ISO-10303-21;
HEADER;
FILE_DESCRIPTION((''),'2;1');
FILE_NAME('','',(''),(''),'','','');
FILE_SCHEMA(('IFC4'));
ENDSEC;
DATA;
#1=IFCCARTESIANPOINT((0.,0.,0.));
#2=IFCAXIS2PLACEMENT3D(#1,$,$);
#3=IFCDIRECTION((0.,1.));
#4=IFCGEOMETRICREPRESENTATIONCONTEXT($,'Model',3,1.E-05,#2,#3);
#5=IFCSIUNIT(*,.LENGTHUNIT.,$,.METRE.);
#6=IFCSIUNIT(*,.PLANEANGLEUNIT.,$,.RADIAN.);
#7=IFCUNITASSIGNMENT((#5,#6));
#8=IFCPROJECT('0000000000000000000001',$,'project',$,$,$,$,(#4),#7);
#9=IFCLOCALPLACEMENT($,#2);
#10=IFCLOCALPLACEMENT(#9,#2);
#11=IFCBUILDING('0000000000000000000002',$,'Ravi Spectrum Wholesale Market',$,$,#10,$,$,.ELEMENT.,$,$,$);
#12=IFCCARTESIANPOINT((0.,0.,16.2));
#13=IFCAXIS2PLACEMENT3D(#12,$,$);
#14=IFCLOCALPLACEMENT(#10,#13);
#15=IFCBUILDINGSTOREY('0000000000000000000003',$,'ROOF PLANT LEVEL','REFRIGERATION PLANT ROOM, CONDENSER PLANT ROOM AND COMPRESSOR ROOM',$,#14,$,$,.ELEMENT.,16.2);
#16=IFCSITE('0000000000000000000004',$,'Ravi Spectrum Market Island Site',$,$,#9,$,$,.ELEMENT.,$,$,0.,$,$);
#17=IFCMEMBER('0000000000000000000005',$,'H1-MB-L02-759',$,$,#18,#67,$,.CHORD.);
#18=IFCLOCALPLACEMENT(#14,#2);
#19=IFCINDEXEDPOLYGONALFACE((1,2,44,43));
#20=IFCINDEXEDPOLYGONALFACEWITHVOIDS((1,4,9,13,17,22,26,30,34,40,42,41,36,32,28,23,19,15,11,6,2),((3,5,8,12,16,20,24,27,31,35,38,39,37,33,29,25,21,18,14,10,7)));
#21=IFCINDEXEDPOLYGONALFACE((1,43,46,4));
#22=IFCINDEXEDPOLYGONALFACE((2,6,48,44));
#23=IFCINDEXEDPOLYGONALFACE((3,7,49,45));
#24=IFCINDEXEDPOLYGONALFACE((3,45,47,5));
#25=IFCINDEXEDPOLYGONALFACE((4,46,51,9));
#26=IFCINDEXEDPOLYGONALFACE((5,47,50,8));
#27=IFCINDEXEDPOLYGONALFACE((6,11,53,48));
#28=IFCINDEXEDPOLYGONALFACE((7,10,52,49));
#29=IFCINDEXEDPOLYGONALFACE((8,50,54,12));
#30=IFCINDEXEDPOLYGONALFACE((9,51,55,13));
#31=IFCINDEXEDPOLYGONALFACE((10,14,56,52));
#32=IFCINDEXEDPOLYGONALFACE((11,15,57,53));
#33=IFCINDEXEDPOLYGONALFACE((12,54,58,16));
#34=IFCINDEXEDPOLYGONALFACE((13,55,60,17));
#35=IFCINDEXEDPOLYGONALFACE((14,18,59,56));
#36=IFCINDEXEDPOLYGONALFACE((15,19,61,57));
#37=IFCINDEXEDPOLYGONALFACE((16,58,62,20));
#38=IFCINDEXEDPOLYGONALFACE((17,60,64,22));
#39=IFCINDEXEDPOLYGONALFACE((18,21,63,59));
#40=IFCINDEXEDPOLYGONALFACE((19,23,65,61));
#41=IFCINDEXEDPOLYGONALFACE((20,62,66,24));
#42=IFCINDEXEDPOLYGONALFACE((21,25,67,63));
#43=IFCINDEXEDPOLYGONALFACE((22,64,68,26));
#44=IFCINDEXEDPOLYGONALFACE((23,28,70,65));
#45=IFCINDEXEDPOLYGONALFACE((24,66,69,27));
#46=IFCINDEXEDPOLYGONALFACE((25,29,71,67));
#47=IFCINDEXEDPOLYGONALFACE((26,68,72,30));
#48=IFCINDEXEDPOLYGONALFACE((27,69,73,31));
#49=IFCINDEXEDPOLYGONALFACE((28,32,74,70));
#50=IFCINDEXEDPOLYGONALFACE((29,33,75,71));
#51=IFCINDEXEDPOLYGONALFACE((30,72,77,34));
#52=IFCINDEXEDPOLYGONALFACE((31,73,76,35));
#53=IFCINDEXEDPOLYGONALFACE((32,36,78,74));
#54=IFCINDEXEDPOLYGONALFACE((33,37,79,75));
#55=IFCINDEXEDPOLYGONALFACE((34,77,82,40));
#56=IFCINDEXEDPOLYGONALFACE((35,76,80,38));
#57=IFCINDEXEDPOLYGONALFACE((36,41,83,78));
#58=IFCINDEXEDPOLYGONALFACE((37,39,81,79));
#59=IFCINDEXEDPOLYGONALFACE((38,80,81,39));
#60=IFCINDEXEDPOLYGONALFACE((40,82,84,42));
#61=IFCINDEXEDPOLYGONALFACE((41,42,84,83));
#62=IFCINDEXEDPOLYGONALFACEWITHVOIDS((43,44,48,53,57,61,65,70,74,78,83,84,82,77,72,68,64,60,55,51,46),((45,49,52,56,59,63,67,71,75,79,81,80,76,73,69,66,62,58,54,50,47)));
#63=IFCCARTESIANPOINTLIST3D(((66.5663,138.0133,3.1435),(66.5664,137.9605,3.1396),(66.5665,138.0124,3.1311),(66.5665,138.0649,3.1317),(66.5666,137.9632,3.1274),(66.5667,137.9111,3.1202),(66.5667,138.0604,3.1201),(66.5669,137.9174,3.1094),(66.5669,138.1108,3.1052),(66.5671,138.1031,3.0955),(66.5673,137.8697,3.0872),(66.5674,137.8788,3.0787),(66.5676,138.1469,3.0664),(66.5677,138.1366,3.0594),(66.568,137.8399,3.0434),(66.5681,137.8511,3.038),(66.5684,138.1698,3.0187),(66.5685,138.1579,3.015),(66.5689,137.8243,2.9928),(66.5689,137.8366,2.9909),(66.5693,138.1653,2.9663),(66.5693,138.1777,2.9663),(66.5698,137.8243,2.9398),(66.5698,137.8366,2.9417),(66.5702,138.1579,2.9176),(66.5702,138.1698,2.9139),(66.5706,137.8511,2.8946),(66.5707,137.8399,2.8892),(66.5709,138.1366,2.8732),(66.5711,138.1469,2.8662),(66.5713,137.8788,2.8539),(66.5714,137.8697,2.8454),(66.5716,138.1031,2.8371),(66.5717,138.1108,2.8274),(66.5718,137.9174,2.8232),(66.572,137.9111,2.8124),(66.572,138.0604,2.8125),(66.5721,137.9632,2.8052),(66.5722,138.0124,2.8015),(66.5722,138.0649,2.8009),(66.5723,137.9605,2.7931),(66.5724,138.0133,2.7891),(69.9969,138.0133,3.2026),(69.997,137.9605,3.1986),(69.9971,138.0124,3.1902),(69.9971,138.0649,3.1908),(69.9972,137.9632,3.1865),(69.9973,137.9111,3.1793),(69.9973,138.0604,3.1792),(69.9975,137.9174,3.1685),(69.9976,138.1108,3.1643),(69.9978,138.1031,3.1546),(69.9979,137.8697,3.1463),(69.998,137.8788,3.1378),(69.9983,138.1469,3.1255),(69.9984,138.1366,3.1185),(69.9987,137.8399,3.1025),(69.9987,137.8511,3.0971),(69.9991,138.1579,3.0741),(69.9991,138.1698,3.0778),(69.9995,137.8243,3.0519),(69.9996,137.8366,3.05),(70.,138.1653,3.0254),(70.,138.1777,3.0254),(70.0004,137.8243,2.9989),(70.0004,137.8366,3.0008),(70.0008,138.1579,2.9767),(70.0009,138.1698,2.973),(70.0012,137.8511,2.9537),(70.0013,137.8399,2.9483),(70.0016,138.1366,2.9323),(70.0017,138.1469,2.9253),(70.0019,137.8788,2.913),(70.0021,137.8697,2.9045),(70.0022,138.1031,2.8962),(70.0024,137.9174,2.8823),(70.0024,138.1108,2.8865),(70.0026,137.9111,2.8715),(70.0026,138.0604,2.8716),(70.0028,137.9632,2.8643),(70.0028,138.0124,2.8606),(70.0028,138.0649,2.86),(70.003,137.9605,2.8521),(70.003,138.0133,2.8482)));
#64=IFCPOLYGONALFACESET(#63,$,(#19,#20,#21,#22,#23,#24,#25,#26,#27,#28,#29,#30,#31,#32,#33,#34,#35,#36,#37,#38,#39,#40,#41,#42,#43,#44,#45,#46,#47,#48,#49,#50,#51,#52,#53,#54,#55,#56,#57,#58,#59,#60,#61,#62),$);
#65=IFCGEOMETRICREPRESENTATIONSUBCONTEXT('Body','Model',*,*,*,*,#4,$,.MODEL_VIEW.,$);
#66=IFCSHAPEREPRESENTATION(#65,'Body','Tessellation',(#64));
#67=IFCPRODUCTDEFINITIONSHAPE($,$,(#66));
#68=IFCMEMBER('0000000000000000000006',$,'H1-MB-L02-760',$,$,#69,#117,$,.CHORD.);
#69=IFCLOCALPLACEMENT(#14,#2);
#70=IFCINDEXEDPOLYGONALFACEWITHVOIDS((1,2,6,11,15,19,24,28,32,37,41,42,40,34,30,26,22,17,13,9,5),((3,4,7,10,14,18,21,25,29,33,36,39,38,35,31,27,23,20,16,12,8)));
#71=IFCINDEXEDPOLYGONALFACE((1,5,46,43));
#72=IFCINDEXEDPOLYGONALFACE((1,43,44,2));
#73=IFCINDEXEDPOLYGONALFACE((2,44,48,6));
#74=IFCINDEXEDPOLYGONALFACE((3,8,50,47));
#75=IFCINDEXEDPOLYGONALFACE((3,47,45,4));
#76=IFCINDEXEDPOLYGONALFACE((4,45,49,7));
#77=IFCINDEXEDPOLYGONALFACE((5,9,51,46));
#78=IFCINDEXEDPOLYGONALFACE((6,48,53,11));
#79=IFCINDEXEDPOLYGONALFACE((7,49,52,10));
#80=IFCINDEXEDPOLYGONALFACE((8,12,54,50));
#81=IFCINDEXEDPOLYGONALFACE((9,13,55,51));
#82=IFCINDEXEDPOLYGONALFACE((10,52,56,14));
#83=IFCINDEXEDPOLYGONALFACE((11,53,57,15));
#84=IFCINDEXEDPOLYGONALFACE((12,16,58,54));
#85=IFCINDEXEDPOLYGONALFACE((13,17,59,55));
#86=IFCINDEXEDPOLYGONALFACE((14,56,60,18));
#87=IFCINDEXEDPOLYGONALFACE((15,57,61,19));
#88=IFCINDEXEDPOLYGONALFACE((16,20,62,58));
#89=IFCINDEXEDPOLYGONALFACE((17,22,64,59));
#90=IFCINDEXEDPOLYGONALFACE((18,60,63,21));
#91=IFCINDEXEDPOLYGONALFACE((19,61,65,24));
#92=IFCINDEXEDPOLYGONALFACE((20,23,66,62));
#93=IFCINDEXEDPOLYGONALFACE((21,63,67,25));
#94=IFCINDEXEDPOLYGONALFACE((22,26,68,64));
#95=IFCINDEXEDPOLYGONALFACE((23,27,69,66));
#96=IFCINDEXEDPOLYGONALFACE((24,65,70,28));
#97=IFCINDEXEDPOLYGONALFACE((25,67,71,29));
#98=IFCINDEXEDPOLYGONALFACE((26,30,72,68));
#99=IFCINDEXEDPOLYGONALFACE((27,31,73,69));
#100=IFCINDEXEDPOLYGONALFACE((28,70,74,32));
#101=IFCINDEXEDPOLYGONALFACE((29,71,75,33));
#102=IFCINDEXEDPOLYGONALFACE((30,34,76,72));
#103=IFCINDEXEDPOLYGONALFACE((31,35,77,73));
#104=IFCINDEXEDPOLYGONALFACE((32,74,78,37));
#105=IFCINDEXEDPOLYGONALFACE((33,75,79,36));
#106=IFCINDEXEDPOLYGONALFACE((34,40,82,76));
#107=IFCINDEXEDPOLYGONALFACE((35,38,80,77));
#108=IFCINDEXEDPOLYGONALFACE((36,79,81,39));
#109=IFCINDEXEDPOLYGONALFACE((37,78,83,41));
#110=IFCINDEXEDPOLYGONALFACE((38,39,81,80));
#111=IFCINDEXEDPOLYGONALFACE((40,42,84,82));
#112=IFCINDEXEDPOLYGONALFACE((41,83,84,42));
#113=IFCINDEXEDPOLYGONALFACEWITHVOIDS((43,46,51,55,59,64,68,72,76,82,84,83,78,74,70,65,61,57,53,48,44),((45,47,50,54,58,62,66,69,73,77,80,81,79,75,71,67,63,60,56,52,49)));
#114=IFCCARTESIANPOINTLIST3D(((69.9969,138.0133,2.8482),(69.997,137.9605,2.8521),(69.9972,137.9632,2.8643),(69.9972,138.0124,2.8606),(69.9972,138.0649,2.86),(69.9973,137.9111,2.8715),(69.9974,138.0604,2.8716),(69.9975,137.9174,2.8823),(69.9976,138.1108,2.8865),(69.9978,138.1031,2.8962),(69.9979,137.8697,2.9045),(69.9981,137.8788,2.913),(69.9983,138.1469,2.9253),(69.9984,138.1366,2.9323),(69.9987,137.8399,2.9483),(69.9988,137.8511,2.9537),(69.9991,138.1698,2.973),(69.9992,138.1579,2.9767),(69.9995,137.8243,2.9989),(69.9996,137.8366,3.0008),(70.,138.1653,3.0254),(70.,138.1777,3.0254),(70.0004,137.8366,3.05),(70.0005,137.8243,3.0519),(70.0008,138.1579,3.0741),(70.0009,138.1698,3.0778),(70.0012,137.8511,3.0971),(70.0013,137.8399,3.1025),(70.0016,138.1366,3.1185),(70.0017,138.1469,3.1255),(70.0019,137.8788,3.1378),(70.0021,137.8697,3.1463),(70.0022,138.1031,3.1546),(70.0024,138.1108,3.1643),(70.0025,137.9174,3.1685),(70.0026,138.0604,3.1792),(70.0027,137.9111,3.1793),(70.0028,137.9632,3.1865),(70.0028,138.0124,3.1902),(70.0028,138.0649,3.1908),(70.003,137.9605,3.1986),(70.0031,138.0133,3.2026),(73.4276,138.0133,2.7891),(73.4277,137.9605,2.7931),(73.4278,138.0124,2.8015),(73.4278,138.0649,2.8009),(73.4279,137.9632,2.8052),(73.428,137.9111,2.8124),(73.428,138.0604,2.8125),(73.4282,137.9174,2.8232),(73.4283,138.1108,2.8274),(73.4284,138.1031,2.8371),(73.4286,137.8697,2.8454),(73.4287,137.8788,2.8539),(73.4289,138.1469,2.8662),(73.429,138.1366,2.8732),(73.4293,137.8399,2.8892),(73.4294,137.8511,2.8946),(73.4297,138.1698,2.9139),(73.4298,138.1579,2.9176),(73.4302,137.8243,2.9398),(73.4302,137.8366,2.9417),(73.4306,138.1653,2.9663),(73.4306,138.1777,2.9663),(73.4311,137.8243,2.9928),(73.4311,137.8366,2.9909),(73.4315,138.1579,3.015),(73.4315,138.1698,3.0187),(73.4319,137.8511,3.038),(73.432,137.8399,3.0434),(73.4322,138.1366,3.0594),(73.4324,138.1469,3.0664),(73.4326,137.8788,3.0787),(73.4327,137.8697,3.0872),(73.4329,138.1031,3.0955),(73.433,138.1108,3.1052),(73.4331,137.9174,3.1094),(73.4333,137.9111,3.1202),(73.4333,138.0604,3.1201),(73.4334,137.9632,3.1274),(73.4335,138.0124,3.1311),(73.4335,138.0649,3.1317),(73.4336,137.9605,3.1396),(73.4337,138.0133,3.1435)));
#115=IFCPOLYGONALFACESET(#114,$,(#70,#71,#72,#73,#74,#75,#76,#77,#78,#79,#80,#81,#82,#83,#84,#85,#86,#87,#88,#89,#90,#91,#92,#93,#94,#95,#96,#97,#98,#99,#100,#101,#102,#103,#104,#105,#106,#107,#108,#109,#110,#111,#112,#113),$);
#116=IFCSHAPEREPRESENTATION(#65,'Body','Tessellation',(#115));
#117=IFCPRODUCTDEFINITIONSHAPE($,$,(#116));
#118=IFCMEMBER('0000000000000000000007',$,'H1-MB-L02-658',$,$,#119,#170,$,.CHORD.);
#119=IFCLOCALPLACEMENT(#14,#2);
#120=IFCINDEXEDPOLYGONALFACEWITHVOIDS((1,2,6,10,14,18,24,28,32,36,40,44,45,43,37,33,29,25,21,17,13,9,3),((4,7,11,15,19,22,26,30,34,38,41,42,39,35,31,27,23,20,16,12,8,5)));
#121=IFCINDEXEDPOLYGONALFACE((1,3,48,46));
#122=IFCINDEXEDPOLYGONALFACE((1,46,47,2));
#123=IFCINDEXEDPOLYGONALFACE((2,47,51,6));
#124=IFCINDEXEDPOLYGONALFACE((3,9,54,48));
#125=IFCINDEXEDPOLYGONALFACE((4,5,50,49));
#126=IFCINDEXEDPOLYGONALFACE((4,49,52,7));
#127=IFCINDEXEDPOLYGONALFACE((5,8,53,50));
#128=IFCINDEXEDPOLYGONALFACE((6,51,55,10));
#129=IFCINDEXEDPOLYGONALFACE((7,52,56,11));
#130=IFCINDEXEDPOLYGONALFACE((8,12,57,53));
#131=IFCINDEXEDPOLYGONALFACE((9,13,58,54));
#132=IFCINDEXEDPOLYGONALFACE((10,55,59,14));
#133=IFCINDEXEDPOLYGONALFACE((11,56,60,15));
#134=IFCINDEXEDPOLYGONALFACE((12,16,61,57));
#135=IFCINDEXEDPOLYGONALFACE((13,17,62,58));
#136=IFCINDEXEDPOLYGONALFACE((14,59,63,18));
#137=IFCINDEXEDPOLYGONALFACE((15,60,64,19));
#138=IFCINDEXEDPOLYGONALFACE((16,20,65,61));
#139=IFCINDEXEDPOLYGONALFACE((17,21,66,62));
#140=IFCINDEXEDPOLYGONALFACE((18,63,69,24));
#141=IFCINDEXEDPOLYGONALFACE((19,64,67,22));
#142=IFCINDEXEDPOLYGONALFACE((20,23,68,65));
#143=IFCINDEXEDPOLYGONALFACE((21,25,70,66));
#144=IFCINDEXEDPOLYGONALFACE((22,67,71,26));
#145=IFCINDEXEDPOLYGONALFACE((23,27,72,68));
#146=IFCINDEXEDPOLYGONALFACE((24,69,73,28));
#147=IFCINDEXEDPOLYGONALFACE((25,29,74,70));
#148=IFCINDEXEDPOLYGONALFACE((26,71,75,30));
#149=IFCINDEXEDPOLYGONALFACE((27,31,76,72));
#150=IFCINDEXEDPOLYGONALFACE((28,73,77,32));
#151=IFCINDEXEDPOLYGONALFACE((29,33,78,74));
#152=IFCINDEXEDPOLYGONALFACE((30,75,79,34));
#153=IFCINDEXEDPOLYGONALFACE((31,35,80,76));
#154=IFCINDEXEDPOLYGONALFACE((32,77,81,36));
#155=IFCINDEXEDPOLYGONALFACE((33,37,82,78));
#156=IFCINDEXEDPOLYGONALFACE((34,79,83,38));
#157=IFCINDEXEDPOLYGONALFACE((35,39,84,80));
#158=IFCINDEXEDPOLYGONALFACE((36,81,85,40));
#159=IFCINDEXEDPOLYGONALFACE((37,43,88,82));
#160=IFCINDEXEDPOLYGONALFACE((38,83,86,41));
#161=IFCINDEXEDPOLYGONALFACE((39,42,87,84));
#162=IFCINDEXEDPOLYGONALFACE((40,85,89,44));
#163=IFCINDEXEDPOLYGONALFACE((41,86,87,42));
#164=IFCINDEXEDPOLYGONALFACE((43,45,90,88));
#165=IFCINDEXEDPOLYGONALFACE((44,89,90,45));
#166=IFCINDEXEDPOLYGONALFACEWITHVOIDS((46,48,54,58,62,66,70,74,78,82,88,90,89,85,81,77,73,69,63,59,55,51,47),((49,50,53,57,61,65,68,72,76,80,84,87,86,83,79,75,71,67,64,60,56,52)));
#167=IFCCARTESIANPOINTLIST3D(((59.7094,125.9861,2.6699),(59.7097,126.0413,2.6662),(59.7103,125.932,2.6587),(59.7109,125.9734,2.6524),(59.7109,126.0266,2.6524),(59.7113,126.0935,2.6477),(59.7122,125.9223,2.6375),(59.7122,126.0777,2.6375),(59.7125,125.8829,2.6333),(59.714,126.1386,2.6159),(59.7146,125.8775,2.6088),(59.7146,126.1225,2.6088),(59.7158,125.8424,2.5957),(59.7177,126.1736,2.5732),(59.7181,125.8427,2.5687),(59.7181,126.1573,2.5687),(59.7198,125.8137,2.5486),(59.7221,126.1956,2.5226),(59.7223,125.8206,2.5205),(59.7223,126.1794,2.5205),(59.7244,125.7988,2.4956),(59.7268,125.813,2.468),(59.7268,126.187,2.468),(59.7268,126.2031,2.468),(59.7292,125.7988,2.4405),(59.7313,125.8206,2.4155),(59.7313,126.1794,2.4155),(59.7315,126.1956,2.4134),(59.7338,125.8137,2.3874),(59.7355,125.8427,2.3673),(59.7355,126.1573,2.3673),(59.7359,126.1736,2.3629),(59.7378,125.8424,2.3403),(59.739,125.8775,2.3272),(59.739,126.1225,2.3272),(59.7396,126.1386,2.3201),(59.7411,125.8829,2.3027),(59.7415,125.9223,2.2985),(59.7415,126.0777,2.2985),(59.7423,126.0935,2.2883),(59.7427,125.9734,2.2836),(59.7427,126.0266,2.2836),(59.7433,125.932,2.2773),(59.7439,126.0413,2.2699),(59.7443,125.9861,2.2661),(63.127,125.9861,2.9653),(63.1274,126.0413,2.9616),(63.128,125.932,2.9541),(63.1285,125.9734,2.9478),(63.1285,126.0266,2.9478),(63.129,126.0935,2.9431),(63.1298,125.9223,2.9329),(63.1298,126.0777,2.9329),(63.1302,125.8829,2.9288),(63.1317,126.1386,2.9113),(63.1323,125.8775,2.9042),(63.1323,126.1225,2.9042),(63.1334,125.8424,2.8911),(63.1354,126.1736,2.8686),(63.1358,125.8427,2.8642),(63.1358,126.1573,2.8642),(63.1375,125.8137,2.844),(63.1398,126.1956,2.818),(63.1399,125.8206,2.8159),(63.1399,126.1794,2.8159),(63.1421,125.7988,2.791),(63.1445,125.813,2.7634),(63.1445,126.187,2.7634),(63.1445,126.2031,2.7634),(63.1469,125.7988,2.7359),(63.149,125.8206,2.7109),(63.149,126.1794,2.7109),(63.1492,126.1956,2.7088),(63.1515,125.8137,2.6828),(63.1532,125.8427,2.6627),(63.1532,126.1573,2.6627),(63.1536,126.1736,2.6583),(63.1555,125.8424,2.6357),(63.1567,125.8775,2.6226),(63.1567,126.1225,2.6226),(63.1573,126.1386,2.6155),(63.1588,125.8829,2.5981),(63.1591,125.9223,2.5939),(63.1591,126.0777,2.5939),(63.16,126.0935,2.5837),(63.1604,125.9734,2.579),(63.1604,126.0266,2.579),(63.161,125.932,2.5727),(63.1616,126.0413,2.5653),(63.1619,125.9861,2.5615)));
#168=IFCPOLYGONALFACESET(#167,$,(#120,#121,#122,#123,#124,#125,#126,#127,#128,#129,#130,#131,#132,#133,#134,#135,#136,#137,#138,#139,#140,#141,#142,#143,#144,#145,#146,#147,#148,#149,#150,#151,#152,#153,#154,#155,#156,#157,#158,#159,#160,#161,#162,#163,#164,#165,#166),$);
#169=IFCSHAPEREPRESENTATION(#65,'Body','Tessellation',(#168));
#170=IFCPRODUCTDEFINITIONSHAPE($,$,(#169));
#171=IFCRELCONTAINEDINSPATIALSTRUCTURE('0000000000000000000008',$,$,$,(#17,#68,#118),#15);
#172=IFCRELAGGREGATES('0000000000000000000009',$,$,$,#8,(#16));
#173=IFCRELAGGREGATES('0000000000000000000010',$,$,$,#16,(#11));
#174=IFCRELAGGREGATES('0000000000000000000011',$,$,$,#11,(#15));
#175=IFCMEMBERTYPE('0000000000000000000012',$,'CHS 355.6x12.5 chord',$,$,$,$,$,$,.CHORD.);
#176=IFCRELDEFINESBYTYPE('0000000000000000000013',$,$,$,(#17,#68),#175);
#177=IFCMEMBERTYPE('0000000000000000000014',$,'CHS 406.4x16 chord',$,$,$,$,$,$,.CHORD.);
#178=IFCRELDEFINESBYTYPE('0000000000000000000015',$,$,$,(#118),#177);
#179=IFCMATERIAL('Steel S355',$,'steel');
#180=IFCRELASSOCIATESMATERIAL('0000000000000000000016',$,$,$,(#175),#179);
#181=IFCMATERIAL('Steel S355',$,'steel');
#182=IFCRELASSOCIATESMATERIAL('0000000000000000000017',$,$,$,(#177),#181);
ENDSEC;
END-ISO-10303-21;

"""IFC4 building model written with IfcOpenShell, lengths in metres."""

from ifc_helpers import new_model, si_unit, direction, frame, origin, origin_2d, place, context, subcontext, project, spatial, hollow_circle, extrude, material, material_profile, profile_set, type_object, element, save


model = new_model("IFC4")

# Units and contexts
model_context = context("Model", 3, precision=1e-05, world=origin(), true_north=direction((0.0, 1.0)))
body_context = subcontext(model_context, "Body", "Model", "MODEL_VIEW")
ifc_project = project(units=[si_unit("LENGTHUNIT", "METRE"), si_unit("PLANEANGLEUNIT", "RADIAN")], contexts=[model_context])

# Site, building, storey
site_placement = place(None, origin())
site = spatial("IfcSite", under=ifc_project, at=site_placement, Name="Ravi Spectrum Market Island Site", CompositionType="ELEMENT", RefElevation=0.0)
building_placement = place(site_placement, origin())
building = spatial("IfcBuilding", under=site, at=building_placement, Name="Ravi Spectrum Wholesale Market", CompositionType="ELEMENT")
storey_placement = place(building_placement, frame((0.0, 0.0, 16.2)))
storey = spatial("IfcBuildingStorey", under=building, at=storey_placement, Name="ROOF PLANT LEVEL", Description="REFRIGERATION PLANT ROOM, CONDENSER PLANT ROOM AND COMPRESSOR ROOM", CompositionType="ELEMENT", Elevation=16.2)

# Members
ifc_material_1 = material(Name="Steel S355", Category="steel")
ifc_material_profile_1 = material_profile(ifc_material_1, hollow_circle(Radius=0.1777, WallThickness=0.0125, at=origin_2d()))
ifc_profile_set_1 = profile_set([ifc_material_profile_1], Name="Steel S355")
member_type_1 = type_object("IfcMemberType", Name="CHS 355.6x12.5 chord", PredefinedType="CHORD", material=ifc_profile_set_1)
for number, where, z_axis, x_axis, name in (
    (1, (66.5693, 138.0, 2.9663), (0.999852, 0.0, 0.017219), (0.0, 1.0, 0.0), "H1-MB-L02-759"),
    (2, (70.0, 138.0, 3.0254), (0.999852, 0.0, -0.017219), (0.0, 1.0, 0.0), "H1-MB-L02-760"),
):
    element("IfcMember", number, at=place(storey_placement, frame(where, z_axis=z_axis, x_axis=x_axis)), inside=storey, type_object=member_type_1, Name=name, PredefinedType="CHORD", context=body_context, shape_type="SweptSolid", body=[
        extrude(hollow_circle(Radius=0.1777, WallThickness=0.0125, at=origin_2d()), origin(), (0.0, 0.0, 1.0), 3.4312),
    ])
ifc_material_2 = material(Name="Steel S355", Category="steel")
ifc_material_profile_2 = material_profile(ifc_material_2, hollow_circle(Radius=0.2031, WallThickness=0.0161, at=origin_2d()))
ifc_profile_set_2 = profile_set([ifc_material_profile_2], Name="Steel S355")
member_type_2 = type_object("IfcMemberType", Name="CHS 406.4x16 chord", PredefinedType="CHORD", material=ifc_profile_set_2)
for number, where, z_axis, x_axis, name in (
    (3, (59.7268, 126.0, 2.468), (0.996285, 0.0, 0.086114), (0.0, 1.0, 0.0), "H1-MB-L02-658"),
):
    element("IfcMember", number, at=place(storey_placement, frame(where, z_axis=z_axis, x_axis=x_axis)), inside=storey, type_object=member_type_2, Name=name, PredefinedType="CHORD", context=body_context, shape_type="SweptSolid", body=[
        extrude(hollow_circle(Radius=0.2031, WallThickness=0.0161, at=origin_2d()), origin(), (0.0, 0.0, 1.0), 3.4304),
    ])

save(model, "model.ifc")
